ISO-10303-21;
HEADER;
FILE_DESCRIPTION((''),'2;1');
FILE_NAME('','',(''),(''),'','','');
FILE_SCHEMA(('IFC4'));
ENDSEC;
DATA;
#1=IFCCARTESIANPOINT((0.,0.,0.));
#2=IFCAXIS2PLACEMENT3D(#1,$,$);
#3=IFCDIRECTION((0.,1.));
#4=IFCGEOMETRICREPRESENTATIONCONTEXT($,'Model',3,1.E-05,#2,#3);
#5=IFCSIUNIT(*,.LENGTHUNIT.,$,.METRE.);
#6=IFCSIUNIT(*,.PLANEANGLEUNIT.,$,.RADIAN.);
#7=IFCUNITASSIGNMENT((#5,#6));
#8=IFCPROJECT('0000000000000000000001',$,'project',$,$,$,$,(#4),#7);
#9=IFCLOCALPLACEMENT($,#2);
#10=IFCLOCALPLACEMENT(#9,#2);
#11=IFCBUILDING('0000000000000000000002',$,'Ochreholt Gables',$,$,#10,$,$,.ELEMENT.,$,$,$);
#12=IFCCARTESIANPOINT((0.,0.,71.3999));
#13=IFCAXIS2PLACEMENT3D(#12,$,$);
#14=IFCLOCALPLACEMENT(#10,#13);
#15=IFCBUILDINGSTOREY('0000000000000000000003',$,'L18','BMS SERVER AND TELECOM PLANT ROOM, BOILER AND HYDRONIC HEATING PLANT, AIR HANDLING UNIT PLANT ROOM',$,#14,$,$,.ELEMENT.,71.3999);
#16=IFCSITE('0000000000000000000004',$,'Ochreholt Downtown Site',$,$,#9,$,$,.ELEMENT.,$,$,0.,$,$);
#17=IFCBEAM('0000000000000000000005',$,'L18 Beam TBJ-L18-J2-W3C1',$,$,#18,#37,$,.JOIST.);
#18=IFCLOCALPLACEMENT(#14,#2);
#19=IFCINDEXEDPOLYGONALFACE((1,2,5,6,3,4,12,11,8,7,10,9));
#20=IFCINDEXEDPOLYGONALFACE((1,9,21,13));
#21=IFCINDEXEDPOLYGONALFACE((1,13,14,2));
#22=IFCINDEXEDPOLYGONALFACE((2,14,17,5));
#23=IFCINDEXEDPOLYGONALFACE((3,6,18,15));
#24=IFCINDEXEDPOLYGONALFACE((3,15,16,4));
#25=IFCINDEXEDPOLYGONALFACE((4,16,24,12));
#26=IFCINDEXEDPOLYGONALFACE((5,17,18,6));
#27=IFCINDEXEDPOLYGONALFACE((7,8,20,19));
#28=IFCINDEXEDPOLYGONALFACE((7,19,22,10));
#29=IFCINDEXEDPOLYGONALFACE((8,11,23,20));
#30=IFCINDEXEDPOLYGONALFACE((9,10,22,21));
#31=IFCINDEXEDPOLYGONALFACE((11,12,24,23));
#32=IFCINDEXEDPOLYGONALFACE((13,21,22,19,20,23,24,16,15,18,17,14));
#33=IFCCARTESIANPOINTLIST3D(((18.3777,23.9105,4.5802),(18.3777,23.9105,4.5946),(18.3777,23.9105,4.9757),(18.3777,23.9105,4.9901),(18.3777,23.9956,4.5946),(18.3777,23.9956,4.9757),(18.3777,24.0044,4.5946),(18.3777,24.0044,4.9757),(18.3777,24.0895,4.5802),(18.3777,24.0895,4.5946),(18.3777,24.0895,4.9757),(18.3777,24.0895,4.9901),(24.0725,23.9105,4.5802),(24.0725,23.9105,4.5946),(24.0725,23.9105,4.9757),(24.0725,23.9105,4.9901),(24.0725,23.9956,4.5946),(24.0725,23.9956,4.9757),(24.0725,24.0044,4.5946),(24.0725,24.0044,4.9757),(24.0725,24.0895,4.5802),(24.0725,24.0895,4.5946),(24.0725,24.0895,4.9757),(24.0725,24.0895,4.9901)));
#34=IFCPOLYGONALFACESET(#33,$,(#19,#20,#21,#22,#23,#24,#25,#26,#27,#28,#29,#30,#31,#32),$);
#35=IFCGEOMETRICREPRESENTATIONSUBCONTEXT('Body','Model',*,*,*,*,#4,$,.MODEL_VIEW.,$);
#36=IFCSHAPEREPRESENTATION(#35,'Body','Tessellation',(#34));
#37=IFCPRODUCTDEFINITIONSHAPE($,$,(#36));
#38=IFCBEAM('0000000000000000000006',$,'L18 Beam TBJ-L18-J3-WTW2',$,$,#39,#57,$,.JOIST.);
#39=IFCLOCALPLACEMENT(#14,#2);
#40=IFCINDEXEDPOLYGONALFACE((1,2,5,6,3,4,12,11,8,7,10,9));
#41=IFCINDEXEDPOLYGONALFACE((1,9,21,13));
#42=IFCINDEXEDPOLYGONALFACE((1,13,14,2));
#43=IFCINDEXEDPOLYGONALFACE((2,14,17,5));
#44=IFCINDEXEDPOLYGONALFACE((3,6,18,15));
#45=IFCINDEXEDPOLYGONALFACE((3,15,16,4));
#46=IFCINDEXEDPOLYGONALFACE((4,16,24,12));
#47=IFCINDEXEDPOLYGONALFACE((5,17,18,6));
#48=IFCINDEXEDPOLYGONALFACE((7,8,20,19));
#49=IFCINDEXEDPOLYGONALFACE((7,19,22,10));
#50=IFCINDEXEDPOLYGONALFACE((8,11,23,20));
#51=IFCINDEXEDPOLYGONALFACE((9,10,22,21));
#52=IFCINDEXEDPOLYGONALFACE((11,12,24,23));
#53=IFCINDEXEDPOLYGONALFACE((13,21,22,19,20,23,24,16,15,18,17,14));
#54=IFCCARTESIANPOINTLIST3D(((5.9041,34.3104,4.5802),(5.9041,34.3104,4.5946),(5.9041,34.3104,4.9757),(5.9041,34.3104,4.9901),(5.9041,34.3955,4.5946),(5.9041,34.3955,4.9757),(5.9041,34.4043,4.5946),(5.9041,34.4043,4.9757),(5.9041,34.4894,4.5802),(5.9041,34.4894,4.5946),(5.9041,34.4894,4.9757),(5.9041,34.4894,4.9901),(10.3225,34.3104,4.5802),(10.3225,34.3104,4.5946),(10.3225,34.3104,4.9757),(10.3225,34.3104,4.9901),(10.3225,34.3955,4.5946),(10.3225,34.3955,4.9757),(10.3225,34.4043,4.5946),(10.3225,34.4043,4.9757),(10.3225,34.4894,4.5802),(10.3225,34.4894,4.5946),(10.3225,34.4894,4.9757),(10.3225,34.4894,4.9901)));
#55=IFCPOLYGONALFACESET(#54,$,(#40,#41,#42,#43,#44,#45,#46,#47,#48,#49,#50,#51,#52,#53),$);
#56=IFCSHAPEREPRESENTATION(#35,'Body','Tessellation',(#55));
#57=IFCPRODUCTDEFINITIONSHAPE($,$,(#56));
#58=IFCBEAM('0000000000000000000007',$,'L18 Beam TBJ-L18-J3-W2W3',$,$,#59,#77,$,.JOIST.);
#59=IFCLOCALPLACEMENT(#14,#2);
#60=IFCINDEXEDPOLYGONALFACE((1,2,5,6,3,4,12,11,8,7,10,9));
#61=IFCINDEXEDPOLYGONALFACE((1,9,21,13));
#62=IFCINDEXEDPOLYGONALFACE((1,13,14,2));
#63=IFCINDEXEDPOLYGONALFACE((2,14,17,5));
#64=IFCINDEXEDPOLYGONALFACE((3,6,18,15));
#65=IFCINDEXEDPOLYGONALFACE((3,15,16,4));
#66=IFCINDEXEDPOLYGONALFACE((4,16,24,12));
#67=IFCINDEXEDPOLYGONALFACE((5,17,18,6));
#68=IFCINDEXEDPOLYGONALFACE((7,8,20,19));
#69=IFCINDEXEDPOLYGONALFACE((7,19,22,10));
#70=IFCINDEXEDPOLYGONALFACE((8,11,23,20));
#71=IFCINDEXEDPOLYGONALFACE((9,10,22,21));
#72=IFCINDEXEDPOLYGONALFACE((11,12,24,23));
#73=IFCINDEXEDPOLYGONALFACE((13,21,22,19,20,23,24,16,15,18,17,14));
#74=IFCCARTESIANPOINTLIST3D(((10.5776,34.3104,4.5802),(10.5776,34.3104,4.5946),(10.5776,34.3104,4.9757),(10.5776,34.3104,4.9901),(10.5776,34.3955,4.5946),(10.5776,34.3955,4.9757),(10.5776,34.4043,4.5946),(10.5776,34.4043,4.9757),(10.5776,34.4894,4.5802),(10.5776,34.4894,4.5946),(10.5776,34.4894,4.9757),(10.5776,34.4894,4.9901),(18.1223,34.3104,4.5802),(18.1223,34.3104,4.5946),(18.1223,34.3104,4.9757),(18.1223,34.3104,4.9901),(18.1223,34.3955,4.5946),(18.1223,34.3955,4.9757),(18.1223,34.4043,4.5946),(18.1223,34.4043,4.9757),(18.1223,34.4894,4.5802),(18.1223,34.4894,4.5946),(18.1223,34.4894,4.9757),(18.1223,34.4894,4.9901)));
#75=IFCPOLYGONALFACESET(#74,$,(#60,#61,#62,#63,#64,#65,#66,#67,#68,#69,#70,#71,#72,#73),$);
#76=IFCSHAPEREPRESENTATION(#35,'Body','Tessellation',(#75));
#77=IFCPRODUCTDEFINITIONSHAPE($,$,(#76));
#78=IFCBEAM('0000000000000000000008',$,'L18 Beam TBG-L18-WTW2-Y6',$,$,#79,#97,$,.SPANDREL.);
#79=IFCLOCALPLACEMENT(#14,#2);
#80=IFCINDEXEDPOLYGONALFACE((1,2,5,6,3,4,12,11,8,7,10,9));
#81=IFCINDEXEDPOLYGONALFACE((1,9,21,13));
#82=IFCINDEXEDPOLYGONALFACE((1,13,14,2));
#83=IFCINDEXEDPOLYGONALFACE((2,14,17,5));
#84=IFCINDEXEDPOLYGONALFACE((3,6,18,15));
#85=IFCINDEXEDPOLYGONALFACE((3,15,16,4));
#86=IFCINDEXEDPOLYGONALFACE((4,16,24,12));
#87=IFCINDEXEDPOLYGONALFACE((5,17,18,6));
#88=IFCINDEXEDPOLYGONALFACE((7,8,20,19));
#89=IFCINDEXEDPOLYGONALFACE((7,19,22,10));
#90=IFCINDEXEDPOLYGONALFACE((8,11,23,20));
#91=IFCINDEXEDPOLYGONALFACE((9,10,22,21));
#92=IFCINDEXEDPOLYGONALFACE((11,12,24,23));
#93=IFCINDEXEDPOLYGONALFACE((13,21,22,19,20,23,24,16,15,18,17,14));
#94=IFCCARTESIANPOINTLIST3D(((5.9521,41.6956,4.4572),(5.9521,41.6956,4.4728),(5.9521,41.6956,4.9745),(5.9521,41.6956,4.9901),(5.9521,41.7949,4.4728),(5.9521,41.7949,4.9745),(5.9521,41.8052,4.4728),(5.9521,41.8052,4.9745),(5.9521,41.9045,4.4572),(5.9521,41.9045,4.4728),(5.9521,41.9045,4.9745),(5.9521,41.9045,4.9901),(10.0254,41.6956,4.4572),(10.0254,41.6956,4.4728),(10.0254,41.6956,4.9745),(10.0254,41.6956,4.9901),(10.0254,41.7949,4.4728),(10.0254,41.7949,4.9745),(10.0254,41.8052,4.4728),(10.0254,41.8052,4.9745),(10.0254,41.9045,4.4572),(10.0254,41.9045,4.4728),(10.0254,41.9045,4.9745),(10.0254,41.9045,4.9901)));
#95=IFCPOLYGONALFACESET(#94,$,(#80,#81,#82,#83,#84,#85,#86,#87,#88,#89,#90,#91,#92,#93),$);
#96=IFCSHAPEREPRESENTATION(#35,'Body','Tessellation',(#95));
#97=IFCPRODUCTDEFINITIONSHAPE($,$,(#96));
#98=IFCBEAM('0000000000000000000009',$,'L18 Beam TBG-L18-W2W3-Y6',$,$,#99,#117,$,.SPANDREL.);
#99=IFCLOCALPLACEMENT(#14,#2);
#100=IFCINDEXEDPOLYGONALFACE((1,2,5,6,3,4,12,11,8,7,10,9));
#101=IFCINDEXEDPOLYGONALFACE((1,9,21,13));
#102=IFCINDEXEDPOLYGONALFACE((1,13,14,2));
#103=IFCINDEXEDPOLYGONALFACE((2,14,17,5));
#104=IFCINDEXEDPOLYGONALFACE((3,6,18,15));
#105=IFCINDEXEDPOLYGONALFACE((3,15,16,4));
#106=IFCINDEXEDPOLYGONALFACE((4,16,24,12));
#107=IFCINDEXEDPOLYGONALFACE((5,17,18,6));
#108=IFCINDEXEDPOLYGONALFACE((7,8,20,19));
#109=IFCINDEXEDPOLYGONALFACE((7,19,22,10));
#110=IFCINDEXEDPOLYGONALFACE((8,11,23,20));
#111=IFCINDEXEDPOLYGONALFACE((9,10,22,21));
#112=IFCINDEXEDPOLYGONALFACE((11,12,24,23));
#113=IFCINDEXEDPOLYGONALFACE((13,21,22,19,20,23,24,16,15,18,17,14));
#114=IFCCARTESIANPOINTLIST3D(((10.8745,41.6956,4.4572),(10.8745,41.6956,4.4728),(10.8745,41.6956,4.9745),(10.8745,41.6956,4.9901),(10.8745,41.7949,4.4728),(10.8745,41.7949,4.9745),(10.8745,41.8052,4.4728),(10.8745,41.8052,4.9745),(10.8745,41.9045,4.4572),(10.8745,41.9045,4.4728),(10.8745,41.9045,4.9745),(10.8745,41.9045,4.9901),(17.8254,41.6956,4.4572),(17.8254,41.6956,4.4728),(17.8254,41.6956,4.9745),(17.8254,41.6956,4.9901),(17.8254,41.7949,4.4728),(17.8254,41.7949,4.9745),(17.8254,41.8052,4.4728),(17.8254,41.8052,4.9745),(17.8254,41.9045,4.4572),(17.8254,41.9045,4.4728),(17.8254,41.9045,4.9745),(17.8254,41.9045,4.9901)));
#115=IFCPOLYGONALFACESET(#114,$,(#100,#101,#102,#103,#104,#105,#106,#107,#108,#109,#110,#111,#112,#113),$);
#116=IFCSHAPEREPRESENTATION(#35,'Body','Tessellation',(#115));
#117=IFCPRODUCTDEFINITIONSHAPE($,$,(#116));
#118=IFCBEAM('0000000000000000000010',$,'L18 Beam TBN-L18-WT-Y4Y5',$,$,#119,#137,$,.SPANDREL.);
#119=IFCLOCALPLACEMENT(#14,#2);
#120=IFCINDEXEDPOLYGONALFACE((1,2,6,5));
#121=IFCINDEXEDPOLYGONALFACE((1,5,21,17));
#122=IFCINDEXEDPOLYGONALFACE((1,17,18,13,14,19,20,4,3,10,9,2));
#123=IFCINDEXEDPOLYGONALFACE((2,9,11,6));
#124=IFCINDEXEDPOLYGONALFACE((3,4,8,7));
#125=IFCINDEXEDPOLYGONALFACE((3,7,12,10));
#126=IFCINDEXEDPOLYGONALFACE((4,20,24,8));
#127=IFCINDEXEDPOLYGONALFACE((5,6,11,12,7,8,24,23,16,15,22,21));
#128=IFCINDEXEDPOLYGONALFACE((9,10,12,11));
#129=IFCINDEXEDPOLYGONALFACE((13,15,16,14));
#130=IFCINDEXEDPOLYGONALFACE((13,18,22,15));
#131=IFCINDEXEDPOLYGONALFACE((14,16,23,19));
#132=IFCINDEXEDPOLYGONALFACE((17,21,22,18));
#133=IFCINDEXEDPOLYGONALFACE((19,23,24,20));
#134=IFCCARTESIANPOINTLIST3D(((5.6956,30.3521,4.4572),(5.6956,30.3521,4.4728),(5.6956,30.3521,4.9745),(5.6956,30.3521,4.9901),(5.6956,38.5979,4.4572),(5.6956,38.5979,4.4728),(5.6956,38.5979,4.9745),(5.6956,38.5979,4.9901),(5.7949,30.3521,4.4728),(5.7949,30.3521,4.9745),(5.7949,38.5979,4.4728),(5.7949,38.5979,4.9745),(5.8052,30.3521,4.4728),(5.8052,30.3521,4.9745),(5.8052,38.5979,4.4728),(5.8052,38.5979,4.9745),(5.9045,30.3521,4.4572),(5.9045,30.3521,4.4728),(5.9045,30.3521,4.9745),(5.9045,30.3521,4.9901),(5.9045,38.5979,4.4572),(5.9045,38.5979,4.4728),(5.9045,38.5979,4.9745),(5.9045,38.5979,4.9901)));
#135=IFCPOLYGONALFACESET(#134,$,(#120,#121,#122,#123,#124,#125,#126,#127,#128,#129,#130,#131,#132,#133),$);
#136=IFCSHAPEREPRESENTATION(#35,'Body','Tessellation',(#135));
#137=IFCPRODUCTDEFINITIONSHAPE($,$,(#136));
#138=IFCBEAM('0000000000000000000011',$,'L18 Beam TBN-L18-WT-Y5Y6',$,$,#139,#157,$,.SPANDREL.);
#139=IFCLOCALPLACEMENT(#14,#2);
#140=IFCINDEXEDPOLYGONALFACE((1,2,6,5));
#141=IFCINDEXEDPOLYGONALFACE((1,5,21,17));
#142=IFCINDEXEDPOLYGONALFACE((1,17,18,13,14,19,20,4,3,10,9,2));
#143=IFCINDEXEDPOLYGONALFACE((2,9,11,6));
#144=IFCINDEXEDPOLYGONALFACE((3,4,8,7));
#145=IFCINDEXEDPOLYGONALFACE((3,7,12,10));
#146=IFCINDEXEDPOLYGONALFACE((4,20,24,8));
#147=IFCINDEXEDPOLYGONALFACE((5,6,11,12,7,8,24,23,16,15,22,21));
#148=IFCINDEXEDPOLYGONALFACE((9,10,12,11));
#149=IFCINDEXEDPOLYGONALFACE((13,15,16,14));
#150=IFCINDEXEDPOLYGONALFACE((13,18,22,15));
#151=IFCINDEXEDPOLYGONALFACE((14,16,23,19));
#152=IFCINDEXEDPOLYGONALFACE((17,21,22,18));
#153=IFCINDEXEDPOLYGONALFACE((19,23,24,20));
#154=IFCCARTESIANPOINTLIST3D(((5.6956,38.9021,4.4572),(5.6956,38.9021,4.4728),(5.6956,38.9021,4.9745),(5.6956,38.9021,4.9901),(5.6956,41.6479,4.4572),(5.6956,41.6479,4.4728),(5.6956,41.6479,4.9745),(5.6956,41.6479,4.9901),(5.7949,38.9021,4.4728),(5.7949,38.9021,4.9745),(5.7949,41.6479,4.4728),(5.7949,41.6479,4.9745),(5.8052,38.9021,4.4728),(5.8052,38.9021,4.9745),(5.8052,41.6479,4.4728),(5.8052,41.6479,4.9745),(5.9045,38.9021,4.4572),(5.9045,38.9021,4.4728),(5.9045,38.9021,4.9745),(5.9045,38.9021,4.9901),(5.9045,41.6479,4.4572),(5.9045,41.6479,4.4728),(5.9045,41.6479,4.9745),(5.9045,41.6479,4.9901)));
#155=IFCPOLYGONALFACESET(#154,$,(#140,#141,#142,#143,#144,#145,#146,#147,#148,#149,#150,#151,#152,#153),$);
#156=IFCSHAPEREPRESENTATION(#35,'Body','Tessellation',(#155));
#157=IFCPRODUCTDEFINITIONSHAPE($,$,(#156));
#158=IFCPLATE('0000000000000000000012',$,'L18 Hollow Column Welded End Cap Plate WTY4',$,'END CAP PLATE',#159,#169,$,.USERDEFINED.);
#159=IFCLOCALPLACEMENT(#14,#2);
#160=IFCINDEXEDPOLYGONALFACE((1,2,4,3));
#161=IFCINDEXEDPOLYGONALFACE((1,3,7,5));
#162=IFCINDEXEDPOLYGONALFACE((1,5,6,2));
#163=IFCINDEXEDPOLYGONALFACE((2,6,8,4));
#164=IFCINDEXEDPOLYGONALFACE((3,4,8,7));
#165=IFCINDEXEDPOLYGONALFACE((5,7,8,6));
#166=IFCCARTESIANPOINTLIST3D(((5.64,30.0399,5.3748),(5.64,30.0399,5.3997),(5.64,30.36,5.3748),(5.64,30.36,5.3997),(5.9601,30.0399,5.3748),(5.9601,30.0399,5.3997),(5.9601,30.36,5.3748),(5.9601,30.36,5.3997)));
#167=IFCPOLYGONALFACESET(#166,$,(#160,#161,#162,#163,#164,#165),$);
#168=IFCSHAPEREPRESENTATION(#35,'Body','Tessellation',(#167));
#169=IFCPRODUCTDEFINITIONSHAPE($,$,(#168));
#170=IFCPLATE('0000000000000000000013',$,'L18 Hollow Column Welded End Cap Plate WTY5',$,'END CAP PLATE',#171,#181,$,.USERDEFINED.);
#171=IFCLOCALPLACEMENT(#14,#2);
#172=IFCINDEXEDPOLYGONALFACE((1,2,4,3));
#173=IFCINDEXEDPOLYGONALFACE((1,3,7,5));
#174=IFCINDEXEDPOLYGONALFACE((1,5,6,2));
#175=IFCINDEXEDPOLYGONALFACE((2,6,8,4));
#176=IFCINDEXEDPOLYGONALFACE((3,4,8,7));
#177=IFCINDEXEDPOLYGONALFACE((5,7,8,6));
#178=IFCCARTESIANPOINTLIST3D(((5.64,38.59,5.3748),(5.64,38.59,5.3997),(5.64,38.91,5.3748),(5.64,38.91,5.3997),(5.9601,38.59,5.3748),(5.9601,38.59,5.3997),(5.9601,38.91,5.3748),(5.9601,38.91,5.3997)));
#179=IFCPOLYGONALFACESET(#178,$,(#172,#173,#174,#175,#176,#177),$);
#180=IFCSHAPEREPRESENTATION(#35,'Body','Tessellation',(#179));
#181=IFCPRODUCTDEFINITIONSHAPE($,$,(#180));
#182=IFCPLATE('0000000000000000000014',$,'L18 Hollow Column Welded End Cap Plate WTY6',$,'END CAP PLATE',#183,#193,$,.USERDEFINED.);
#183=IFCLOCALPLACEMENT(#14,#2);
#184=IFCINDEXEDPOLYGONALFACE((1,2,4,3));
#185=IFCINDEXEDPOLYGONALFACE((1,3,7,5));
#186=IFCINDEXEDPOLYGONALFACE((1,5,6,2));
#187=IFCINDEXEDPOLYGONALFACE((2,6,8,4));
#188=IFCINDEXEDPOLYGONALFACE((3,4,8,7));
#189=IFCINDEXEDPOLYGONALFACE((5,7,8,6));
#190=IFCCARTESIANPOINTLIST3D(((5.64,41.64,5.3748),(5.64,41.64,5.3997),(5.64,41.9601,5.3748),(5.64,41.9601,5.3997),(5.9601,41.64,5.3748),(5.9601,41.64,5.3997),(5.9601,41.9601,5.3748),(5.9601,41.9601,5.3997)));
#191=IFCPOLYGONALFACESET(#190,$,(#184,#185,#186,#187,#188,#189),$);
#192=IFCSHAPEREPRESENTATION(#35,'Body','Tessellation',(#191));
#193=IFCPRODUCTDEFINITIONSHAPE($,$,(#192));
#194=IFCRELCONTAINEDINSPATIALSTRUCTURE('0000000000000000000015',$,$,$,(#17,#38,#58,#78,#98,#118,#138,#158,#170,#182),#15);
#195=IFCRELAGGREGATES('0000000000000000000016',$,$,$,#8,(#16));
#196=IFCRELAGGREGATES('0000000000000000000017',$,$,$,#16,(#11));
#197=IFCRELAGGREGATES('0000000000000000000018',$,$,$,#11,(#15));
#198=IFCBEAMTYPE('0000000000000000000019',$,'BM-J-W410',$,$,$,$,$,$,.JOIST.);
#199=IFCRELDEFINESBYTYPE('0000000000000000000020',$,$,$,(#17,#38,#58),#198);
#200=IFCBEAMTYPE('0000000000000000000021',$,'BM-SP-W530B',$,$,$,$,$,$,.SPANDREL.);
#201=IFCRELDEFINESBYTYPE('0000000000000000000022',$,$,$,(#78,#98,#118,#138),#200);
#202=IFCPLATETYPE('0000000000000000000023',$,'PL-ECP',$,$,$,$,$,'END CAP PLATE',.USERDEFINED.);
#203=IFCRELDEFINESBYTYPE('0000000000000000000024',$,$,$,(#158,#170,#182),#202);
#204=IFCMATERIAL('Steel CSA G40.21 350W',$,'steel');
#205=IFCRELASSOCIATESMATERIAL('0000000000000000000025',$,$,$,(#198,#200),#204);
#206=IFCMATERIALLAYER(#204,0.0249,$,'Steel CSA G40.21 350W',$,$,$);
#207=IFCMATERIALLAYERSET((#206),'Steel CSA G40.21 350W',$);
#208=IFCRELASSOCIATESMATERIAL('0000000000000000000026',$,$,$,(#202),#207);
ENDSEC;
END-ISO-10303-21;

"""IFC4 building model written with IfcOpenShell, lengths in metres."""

from ifc_helpers import new_model, si_unit, direction, frame, origin, origin_2d, place, context, subcontext, project, spatial, rectangle, i_section, extrude, material, layer, layer_set, material_profile, profile_set, type_object, element, save


model = new_model("IFC4")

# Units and contexts
model_context = context("Model", 3, precision=1e-05, world=origin(), true_north=direction((0.0, 1.0)))
body_context = subcontext(model_context, "Body", "Model", "MODEL_VIEW")
ifc_project = project(units=[si_unit("LENGTHUNIT", "METRE"), si_unit("PLANEANGLEUNIT", "RADIAN")], contexts=[model_context])

# Site, building, storey
site_placement = place(None, origin())
site = spatial("IfcSite", under=ifc_project, at=site_placement, Name="Ochreholt Downtown Site", CompositionType="ELEMENT", RefElevation=0.0)
building_placement = place(site_placement, origin())
building = spatial("IfcBuilding", under=site, at=building_placement, Name="Ochreholt Gables", CompositionType="ELEMENT")
storey_placement = place(building_placement, frame((0.0, 0.0, 71.3999)))
storey = spatial("IfcBuildingStorey", under=building, at=storey_placement, Name="L18", Description="BMS SERVER AND TELECOM PLANT ROOM, BOILER AND HYDRONIC HEATING PLANT, AIR HANDLING UNIT PLANT ROOM", CompositionType="ELEMENT", Elevation=71.3999)

# Shared definitions
ifc_material_1 = material(Name="Steel CSA G40.21 350W", Category="steel")

# Beams
ifc_material_profile_1 = material_profile(ifc_material_1, i_section(OverallWidth=0.179, OverallDepth=0.4099, WebThickness=0.0088, FlangeThickness=0.0144, at=origin_2d()), Name="W410X67")
ifc_profile_set_1 = profile_set([ifc_material_profile_1], Name="Steel CSA G40.21 350W")
beam_type_1 = type_object("IfcBeamType", Name="BM-J-W410", PredefinedType="JOIST", material=ifc_profile_set_1)
beam_1_placement = place(storey_placement, frame((18.3777, 24.0, 4.7852), z_axis=(1.0, 0.0, 0.0), x_axis=(0.0, 1.0, 0.0)))
element("IfcBeam", 1, at=beam_1_placement, inside=storey, type_object=beam_type_1, Name="L18 Beam TBJ-L18-J2-W3C1", PredefinedType="JOIST", context=body_context, shape_type="SweptSolid", body=[
    extrude(i_section(OverallWidth=0.179, OverallDepth=0.4099, WebThickness=0.0088, FlangeThickness=0.0144, at=origin_2d()), origin(), (0.0, 0.0, 1.0), 5.6948),
])
beam_2_placement = place(storey_placement, frame((5.9041, 34.3999, 4.7852), z_axis=(1.0, 0.0, 0.0), x_axis=(0.0, 1.0, 0.0)))
element("IfcBeam", 2, at=beam_2_placement, inside=storey, type_object=beam_type_1, Name="L18 Beam TBJ-L18-J3-WTW2", PredefinedType="JOIST", context=body_context, shape_type="SweptSolid", body=[
    extrude(i_section(OverallWidth=0.179, OverallDepth=0.4099, WebThickness=0.0088, FlangeThickness=0.0144, at=origin_2d()), origin(), (0.0, 0.0, 1.0), 4.4185),
])
beam_3_placement = place(storey_placement, frame((10.5776, 34.3999, 4.7852), z_axis=(1.0, 0.0, 0.0), x_axis=(0.0, 1.0, 0.0)))
element("IfcBeam", 3, at=beam_3_placement, inside=storey, type_object=beam_type_1, Name="L18 Beam TBJ-L18-J3-W2W3", PredefinedType="JOIST", context=body_context, shape_type="SweptSolid", body=[
    extrude(i_section(OverallWidth=0.179, OverallDepth=0.4099, WebThickness=0.0088, FlangeThickness=0.0144, at=origin_2d()), origin(), (0.0, 0.0, 1.0), 7.5447),
])
ifc_material_profile_2 = material_profile(ifc_material_1, i_section(OverallWidth=0.209, OverallDepth=0.533, WebThickness=0.0103, FlangeThickness=0.0156, at=origin_2d()), Name="W530X92")
ifc_profile_set_2 = profile_set([ifc_material_profile_2], Name="Steel CSA G40.21 350W")
beam_type_2 = type_object("IfcBeamType", Name="BM-SP-W530B", PredefinedType="SPANDREL", material=ifc_profile_set_2)
beam_4_placement = place(storey_placement, frame((5.9521, 41.8, 4.7236), z_axis=(1.0, 0.0, 0.0), x_axis=(0.0, 1.0, 0.0)))
element("IfcBeam", 4, at=beam_4_placement, inside=storey, type_object=beam_type_2, Name="L18 Beam TBG-L18-WTW2-Y6", PredefinedType="SPANDREL", context=body_context, shape_type="SweptSolid", body=[
    extrude(i_section(OverallWidth=0.209, OverallDepth=0.533, WebThickness=0.0103, FlangeThickness=0.0156, at=origin_2d()), origin(), (0.0, 0.0, 1.0), 4.0732),
])
beam_5_placement = place(storey_placement, frame((10.8745, 41.8, 4.7236), z_axis=(1.0, 0.0, 0.0), x_axis=(0.0, 1.0, 0.0)))
element("IfcBeam", 5, at=beam_5_placement, inside=storey, type_object=beam_type_2, Name="L18 Beam TBG-L18-W2W3-Y6", PredefinedType="SPANDREL", context=body_context, shape_type="SweptSolid", body=[
    extrude(i_section(OverallWidth=0.209, OverallDepth=0.533, WebThickness=0.0103, FlangeThickness=0.0156, at=origin_2d()), origin(), (0.0, 0.0, 1.0), 6.9509),
])
beam_6_placement = place(storey_placement, frame((5.8, 30.3521, 4.7236), z_axis=(0.0, 1.0, 0.0), x_axis=(-1.0, 0.0, 0.0)))
element("IfcBeam", 6, at=beam_6_placement, inside=storey, type_object=beam_type_2, Name="L18 Beam TBN-L18-WT-Y4Y5", PredefinedType="SPANDREL", context=body_context, shape_type="SweptSolid", body=[
    extrude(i_section(OverallWidth=0.209, OverallDepth=0.533, WebThickness=0.0103, FlangeThickness=0.0156, at=origin_2d()), origin(), (0.0, 0.0, 1.0), 8.2458),
])
beam_7_placement = place(storey_placement, frame((5.8, 38.9021, 4.7236), z_axis=(0.0, 1.0, 0.0), x_axis=(-1.0, 0.0, 0.0)))
element("IfcBeam", 7, at=beam_7_placement, inside=storey, type_object=beam_type_2, Name="L18 Beam TBN-L18-WT-Y5Y6", PredefinedType="SPANDREL", context=body_context, shape_type="SweptSolid", body=[
    extrude(i_section(OverallWidth=0.209, OverallDepth=0.533, WebThickness=0.0103, FlangeThickness=0.0156, at=origin_2d()), origin(), (0.0, 0.0, 1.0), 2.7458),
])

# Plates
ifc_layer_1 = layer(ifc_material_1, 0.0249, Name="Steel CSA G40.21 350W")
ifc_layer_set_1 = layer_set([ifc_layer_1], Name="Steel CSA G40.21 350W")
plate_type = type_object("IfcPlateType", Name="PL-ECP", ElementType="END CAP PLATE", PredefinedType="USERDEFINED", material=ifc_layer_set_1)
for number, where, z_axis, x_axis, name in (
    (8, (5.8, 30.2, 5.3748), (0.0, 0.0, 1.0), (1.0, 0.0, 0.0), "L18 Hollow Column Welded End Cap Plate WTY4"),
    (9, (5.8, 38.75, 5.3748), (0.0, 0.0, 1.0), (1.0, 0.0, 0.0), "L18 Hollow Column Welded End Cap Plate WTY5"),
    (10, (5.8, 41.8, 5.3748), (0.0, 0.0, 1.0), (1.0, 0.0, 0.0), "L18 Hollow Column Welded End Cap Plate WTY6"),
):
    element("IfcPlate", number, at=place(storey_placement, frame(where, z_axis=z_axis, x_axis=x_axis)), inside=storey, type_object=plate_type, Name=name, ObjectType="END CAP PLATE", PredefinedType="USERDEFINED", context=body_context, shape_type="SweptSolid", body=[
        extrude(rectangle(XDim=0.3201, YDim=0.3201, at=origin_2d()), origin(), (0.0, 0.0, 1.0), 0.0249),
    ])

save(model, "model.ifc")
